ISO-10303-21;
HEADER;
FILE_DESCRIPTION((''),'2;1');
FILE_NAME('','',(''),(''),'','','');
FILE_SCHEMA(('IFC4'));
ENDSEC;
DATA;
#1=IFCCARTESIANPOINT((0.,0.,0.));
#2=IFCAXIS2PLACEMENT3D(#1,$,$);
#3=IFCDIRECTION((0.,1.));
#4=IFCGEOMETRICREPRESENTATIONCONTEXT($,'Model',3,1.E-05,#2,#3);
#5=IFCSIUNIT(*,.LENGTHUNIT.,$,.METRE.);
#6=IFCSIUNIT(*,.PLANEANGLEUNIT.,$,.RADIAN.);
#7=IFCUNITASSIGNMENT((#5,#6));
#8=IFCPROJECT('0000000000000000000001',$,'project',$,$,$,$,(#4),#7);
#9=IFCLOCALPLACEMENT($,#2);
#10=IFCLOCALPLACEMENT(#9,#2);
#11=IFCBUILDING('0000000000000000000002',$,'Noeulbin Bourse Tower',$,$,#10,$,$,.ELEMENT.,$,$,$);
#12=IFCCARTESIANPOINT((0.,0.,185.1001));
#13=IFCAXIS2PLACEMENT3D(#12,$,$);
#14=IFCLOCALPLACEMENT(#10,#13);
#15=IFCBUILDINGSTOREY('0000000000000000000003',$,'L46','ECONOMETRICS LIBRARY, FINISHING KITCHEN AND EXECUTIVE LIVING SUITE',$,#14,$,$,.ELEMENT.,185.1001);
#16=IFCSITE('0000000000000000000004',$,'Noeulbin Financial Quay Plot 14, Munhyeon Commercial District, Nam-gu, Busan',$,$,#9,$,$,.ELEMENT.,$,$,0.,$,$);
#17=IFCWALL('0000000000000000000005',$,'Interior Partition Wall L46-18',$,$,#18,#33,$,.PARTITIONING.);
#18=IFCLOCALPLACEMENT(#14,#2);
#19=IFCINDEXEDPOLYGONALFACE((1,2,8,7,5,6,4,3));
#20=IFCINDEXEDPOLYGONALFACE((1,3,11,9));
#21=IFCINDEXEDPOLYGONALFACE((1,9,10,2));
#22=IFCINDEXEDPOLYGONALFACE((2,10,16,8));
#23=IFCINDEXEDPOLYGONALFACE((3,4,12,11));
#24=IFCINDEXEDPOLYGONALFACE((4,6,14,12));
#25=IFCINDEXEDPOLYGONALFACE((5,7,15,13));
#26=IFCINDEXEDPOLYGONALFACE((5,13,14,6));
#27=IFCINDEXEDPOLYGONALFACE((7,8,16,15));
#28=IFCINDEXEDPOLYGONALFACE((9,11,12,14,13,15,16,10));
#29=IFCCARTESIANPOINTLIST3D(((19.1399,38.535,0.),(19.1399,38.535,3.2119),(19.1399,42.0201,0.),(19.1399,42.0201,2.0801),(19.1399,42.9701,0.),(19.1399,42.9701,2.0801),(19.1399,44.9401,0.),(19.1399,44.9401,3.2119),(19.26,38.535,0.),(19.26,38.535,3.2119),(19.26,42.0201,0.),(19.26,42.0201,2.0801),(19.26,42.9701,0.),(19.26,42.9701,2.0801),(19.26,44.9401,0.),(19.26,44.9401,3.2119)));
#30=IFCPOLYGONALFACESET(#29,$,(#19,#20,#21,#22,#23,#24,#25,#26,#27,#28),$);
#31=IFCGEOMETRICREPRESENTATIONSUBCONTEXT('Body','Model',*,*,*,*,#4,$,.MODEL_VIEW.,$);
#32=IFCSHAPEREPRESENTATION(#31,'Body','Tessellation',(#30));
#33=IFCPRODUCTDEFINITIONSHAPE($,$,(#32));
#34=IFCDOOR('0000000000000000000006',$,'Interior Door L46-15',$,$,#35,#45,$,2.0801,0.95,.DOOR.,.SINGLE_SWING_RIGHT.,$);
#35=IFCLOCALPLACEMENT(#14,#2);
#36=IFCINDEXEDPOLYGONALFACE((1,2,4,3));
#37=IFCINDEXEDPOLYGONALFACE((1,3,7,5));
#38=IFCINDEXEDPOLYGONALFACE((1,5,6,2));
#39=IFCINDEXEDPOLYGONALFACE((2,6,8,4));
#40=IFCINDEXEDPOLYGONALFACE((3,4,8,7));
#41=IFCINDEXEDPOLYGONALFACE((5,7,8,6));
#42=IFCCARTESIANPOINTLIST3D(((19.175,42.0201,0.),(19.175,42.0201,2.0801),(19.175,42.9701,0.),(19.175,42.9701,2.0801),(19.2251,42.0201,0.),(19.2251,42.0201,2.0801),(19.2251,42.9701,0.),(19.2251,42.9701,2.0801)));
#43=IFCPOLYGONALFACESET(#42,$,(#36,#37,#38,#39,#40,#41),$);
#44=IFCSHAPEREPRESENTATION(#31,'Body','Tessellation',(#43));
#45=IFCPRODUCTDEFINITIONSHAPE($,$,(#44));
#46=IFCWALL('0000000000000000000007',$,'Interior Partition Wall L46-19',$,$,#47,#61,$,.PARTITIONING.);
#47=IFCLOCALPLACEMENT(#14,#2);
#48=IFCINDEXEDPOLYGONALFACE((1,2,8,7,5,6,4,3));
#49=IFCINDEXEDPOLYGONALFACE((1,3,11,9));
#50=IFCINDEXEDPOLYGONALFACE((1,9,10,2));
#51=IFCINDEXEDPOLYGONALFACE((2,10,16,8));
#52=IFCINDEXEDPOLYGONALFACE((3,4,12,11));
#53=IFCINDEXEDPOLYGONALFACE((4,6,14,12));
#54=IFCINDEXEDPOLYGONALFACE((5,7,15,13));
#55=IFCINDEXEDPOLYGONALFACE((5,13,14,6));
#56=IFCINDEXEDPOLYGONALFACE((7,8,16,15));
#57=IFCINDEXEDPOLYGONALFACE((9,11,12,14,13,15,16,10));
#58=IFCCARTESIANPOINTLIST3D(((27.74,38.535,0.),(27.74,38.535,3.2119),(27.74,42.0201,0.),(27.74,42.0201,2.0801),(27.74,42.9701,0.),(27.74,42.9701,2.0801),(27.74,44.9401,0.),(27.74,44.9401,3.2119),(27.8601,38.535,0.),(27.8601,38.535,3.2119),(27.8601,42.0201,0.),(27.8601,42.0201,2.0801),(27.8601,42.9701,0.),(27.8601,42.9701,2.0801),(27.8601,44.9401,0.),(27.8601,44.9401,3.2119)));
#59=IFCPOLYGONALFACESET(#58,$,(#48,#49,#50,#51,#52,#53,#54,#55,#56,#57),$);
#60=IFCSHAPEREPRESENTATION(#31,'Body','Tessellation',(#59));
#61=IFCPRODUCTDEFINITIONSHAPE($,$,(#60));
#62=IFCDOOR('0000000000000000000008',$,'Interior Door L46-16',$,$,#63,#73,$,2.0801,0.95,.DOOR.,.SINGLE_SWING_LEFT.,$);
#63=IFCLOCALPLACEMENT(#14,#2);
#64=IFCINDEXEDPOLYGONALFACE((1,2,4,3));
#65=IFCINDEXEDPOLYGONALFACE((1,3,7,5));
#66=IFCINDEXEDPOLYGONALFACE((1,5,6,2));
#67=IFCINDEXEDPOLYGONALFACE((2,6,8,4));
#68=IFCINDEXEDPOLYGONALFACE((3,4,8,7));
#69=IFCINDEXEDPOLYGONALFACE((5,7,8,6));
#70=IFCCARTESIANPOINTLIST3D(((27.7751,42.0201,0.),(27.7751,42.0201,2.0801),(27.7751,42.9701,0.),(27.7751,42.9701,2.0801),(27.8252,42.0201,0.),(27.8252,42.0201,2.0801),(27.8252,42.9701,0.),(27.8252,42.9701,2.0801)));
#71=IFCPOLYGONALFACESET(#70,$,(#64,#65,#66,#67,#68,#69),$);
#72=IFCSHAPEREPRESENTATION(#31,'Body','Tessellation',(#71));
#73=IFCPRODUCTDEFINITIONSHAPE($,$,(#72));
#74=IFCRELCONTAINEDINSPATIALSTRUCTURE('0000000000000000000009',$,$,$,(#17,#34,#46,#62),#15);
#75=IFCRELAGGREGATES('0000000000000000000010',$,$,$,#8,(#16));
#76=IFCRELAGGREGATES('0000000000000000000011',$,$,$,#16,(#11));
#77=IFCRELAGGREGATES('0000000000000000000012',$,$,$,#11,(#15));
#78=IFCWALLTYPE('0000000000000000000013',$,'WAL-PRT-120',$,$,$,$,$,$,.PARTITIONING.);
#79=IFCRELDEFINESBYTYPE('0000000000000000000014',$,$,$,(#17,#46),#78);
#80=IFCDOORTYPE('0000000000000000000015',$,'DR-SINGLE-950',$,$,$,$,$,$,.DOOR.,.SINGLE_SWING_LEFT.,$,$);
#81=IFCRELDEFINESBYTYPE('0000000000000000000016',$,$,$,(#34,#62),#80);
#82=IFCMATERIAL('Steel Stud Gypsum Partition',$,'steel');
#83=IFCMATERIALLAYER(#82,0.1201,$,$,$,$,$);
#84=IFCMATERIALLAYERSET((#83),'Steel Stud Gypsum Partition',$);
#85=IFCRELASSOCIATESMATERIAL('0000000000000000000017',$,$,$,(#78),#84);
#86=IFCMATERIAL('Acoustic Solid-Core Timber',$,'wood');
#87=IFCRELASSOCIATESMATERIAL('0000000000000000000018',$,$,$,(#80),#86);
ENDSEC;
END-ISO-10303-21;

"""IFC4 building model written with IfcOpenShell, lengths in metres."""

from ifc_helpers import new_model, si_unit, direction, frame, frame_2d, origin, place, context, subcontext, project, spatial, rectangle, extrude, material, layer, layer_set, type_object, element, fill, save


model = new_model("IFC4")

# Units and contexts
model_context = context("Model", 3, precision=1e-05, world=origin(), true_north=direction((0.0, 1.0)))
body_context = subcontext(model_context, "Body", "Model", "MODEL_VIEW")
ifc_project = project(units=[si_unit("LENGTHUNIT", "METRE"), si_unit("PLANEANGLEUNIT", "RADIAN")], contexts=[model_context])

# Site, building, storey
site_placement = place(None, origin())
site = spatial("IfcSite", under=ifc_project, at=site_placement, Name="Noeulbin Financial Quay Plot 14, Munhyeon Commercial District, Nam-gu, Busan", CompositionType="ELEMENT", RefElevation=0.0)
building_placement = place(site_placement, origin())
building = spatial("IfcBuilding", under=site, at=building_placement, Name="Noeulbin Bourse Tower", CompositionType="ELEMENT")
storey_placement = place(building_placement, frame((0.0, 0.0, 185.1001)))
storey = spatial("IfcBuildingStorey", under=building, at=storey_placement, Name="L46", Description="ECONOMETRICS LIBRARY, FINISHING KITCHEN AND EXECUTIVE LIVING SUITE", CompositionType="ELEMENT", Elevation=185.1001)

# Walls, openings, doors
ifc_material_1 = material(Name="Steel Stud Gypsum Partition", Category="steel")
ifc_layer_1 = layer(ifc_material_1, 0.1201)
ifc_layer_set_1 = layer_set([ifc_layer_1], Name="Steel Stud Gypsum Partition")
wall_type = type_object("IfcWallType", Name="WAL-PRT-120", PredefinedType="PARTITIONING", material=ifc_layer_set_1)
wall_1_placement = place(storey_placement, frame((19.2, 38.5349, 0.0), z_axis=(0.0, 0.0, 1.0), x_axis=(0.0, 1.0, 0.0)))
wall_1 = element("IfcWall", 1, at=wall_1_placement, inside=storey, type_object=wall_type, Name="Interior Partition Wall L46-18", PredefinedType="PARTITIONING", context=body_context, shape_type="SweptSolid", body=[
    extrude(rectangle(XDim=6.405, YDim=0.1201, at=frame_2d((3.2026, 0.0))), origin(), (0.0, 0.0, 1.0), 3.2119),
])
opening_1_placement = place(wall_1_placement, frame((3.4851, 0.0, 0.0)))
opening_1 = element("IfcOpeningElement", 2, at=opening_1_placement, cuts=wall_1, PredefinedType="OPENING", context=body_context, shape_type="SweptSolid", body=[
    extrude(rectangle(XDim=0.95, YDim=2.0801, at=frame_2d((0.4751, 1.04))), frame((0.0, 0.0701, 0.0), z_axis=(0.0, -1.0, 0.0), x_axis=(1.0, 0.0, 0.0)), (0.0, 0.0, 1.0), 0.1401),
])
ifc_material_2 = material(Name="Acoustic Solid-Core Timber", Category="wood")
door_type = type_object("IfcDoorType", Name="DR-SINGLE-950", OperationType="SINGLE_SWING_LEFT", PredefinedType="DOOR", material=ifc_material_2)
door_1_placement = place(opening_1_placement, origin())
door_1 = element("IfcDoor", 3, at=door_1_placement, inside=storey, type_object=door_type, Name="Interior Door L46-15", OperationType="SINGLE_SWING_RIGHT", OverallHeight=2.0801, OverallWidth=0.95, PredefinedType="DOOR", context=body_context, shape_type="SweptSolid", body=[
    extrude(rectangle(XDim=0.95, YDim=2.0801, at=frame_2d((0.4751, 1.04))), frame((0.0, 0.0249, 0.0), z_axis=(0.0, -1.0, 0.0), x_axis=(1.0, 0.0, 0.0)), (0.0, 0.0, 1.0), 0.05),
])
fill(opening_1, door_1)
wall_2_placement = place(storey_placement, frame((27.8, 38.5349, 0.0), z_axis=(0.0, 0.0, 1.0), x_axis=(0.0, 1.0, 0.0)))
wall_2 = element("IfcWall", 4, at=wall_2_placement, inside=storey, type_object=wall_type, Name="Interior Partition Wall L46-19", PredefinedType="PARTITIONING", context=body_context, shape_type="SweptSolid", body=[
    extrude(rectangle(XDim=6.405, YDim=0.1201, at=frame_2d((3.2026, 0.0))), origin(), (0.0, 0.0, 1.0), 3.2119),
])
opening_2_placement = place(wall_2_placement, frame((3.4851, 0.0, 0.0)))
opening_2 = element("IfcOpeningElement", 5, at=opening_2_placement, cuts=wall_2, PredefinedType="OPENING", context=body_context, shape_type="SweptSolid", body=[
    extrude(rectangle(XDim=0.95, YDim=2.0801, at=frame_2d((0.4751, 1.04))), frame((0.0, 0.0701, 0.0), z_axis=(0.0, -1.0, 0.0), x_axis=(1.0, 0.0, 0.0)), (0.0, 0.0, 1.0), 0.1401),
])
door_2_placement = place(opening_2_placement, origin())
door_2 = element("IfcDoor", 6, at=door_2_placement, inside=storey, type_object=door_type, Name="Interior Door L46-16", OperationType="SINGLE_SWING_LEFT", OverallHeight=2.0801, OverallWidth=0.95, PredefinedType="DOOR", context=body_context, shape_type="SweptSolid", body=[
    extrude(rectangle(XDim=0.95, YDim=2.0801, at=frame_2d((0.4751, 1.04))), frame((0.0, 0.0249, 0.0), z_axis=(0.0, -1.0, 0.0), x_axis=(1.0, 0.0, 0.0)), (0.0, 0.0, 1.0), 0.05),
])
fill(opening_2, door_2)

save(model, "model.ifc")
